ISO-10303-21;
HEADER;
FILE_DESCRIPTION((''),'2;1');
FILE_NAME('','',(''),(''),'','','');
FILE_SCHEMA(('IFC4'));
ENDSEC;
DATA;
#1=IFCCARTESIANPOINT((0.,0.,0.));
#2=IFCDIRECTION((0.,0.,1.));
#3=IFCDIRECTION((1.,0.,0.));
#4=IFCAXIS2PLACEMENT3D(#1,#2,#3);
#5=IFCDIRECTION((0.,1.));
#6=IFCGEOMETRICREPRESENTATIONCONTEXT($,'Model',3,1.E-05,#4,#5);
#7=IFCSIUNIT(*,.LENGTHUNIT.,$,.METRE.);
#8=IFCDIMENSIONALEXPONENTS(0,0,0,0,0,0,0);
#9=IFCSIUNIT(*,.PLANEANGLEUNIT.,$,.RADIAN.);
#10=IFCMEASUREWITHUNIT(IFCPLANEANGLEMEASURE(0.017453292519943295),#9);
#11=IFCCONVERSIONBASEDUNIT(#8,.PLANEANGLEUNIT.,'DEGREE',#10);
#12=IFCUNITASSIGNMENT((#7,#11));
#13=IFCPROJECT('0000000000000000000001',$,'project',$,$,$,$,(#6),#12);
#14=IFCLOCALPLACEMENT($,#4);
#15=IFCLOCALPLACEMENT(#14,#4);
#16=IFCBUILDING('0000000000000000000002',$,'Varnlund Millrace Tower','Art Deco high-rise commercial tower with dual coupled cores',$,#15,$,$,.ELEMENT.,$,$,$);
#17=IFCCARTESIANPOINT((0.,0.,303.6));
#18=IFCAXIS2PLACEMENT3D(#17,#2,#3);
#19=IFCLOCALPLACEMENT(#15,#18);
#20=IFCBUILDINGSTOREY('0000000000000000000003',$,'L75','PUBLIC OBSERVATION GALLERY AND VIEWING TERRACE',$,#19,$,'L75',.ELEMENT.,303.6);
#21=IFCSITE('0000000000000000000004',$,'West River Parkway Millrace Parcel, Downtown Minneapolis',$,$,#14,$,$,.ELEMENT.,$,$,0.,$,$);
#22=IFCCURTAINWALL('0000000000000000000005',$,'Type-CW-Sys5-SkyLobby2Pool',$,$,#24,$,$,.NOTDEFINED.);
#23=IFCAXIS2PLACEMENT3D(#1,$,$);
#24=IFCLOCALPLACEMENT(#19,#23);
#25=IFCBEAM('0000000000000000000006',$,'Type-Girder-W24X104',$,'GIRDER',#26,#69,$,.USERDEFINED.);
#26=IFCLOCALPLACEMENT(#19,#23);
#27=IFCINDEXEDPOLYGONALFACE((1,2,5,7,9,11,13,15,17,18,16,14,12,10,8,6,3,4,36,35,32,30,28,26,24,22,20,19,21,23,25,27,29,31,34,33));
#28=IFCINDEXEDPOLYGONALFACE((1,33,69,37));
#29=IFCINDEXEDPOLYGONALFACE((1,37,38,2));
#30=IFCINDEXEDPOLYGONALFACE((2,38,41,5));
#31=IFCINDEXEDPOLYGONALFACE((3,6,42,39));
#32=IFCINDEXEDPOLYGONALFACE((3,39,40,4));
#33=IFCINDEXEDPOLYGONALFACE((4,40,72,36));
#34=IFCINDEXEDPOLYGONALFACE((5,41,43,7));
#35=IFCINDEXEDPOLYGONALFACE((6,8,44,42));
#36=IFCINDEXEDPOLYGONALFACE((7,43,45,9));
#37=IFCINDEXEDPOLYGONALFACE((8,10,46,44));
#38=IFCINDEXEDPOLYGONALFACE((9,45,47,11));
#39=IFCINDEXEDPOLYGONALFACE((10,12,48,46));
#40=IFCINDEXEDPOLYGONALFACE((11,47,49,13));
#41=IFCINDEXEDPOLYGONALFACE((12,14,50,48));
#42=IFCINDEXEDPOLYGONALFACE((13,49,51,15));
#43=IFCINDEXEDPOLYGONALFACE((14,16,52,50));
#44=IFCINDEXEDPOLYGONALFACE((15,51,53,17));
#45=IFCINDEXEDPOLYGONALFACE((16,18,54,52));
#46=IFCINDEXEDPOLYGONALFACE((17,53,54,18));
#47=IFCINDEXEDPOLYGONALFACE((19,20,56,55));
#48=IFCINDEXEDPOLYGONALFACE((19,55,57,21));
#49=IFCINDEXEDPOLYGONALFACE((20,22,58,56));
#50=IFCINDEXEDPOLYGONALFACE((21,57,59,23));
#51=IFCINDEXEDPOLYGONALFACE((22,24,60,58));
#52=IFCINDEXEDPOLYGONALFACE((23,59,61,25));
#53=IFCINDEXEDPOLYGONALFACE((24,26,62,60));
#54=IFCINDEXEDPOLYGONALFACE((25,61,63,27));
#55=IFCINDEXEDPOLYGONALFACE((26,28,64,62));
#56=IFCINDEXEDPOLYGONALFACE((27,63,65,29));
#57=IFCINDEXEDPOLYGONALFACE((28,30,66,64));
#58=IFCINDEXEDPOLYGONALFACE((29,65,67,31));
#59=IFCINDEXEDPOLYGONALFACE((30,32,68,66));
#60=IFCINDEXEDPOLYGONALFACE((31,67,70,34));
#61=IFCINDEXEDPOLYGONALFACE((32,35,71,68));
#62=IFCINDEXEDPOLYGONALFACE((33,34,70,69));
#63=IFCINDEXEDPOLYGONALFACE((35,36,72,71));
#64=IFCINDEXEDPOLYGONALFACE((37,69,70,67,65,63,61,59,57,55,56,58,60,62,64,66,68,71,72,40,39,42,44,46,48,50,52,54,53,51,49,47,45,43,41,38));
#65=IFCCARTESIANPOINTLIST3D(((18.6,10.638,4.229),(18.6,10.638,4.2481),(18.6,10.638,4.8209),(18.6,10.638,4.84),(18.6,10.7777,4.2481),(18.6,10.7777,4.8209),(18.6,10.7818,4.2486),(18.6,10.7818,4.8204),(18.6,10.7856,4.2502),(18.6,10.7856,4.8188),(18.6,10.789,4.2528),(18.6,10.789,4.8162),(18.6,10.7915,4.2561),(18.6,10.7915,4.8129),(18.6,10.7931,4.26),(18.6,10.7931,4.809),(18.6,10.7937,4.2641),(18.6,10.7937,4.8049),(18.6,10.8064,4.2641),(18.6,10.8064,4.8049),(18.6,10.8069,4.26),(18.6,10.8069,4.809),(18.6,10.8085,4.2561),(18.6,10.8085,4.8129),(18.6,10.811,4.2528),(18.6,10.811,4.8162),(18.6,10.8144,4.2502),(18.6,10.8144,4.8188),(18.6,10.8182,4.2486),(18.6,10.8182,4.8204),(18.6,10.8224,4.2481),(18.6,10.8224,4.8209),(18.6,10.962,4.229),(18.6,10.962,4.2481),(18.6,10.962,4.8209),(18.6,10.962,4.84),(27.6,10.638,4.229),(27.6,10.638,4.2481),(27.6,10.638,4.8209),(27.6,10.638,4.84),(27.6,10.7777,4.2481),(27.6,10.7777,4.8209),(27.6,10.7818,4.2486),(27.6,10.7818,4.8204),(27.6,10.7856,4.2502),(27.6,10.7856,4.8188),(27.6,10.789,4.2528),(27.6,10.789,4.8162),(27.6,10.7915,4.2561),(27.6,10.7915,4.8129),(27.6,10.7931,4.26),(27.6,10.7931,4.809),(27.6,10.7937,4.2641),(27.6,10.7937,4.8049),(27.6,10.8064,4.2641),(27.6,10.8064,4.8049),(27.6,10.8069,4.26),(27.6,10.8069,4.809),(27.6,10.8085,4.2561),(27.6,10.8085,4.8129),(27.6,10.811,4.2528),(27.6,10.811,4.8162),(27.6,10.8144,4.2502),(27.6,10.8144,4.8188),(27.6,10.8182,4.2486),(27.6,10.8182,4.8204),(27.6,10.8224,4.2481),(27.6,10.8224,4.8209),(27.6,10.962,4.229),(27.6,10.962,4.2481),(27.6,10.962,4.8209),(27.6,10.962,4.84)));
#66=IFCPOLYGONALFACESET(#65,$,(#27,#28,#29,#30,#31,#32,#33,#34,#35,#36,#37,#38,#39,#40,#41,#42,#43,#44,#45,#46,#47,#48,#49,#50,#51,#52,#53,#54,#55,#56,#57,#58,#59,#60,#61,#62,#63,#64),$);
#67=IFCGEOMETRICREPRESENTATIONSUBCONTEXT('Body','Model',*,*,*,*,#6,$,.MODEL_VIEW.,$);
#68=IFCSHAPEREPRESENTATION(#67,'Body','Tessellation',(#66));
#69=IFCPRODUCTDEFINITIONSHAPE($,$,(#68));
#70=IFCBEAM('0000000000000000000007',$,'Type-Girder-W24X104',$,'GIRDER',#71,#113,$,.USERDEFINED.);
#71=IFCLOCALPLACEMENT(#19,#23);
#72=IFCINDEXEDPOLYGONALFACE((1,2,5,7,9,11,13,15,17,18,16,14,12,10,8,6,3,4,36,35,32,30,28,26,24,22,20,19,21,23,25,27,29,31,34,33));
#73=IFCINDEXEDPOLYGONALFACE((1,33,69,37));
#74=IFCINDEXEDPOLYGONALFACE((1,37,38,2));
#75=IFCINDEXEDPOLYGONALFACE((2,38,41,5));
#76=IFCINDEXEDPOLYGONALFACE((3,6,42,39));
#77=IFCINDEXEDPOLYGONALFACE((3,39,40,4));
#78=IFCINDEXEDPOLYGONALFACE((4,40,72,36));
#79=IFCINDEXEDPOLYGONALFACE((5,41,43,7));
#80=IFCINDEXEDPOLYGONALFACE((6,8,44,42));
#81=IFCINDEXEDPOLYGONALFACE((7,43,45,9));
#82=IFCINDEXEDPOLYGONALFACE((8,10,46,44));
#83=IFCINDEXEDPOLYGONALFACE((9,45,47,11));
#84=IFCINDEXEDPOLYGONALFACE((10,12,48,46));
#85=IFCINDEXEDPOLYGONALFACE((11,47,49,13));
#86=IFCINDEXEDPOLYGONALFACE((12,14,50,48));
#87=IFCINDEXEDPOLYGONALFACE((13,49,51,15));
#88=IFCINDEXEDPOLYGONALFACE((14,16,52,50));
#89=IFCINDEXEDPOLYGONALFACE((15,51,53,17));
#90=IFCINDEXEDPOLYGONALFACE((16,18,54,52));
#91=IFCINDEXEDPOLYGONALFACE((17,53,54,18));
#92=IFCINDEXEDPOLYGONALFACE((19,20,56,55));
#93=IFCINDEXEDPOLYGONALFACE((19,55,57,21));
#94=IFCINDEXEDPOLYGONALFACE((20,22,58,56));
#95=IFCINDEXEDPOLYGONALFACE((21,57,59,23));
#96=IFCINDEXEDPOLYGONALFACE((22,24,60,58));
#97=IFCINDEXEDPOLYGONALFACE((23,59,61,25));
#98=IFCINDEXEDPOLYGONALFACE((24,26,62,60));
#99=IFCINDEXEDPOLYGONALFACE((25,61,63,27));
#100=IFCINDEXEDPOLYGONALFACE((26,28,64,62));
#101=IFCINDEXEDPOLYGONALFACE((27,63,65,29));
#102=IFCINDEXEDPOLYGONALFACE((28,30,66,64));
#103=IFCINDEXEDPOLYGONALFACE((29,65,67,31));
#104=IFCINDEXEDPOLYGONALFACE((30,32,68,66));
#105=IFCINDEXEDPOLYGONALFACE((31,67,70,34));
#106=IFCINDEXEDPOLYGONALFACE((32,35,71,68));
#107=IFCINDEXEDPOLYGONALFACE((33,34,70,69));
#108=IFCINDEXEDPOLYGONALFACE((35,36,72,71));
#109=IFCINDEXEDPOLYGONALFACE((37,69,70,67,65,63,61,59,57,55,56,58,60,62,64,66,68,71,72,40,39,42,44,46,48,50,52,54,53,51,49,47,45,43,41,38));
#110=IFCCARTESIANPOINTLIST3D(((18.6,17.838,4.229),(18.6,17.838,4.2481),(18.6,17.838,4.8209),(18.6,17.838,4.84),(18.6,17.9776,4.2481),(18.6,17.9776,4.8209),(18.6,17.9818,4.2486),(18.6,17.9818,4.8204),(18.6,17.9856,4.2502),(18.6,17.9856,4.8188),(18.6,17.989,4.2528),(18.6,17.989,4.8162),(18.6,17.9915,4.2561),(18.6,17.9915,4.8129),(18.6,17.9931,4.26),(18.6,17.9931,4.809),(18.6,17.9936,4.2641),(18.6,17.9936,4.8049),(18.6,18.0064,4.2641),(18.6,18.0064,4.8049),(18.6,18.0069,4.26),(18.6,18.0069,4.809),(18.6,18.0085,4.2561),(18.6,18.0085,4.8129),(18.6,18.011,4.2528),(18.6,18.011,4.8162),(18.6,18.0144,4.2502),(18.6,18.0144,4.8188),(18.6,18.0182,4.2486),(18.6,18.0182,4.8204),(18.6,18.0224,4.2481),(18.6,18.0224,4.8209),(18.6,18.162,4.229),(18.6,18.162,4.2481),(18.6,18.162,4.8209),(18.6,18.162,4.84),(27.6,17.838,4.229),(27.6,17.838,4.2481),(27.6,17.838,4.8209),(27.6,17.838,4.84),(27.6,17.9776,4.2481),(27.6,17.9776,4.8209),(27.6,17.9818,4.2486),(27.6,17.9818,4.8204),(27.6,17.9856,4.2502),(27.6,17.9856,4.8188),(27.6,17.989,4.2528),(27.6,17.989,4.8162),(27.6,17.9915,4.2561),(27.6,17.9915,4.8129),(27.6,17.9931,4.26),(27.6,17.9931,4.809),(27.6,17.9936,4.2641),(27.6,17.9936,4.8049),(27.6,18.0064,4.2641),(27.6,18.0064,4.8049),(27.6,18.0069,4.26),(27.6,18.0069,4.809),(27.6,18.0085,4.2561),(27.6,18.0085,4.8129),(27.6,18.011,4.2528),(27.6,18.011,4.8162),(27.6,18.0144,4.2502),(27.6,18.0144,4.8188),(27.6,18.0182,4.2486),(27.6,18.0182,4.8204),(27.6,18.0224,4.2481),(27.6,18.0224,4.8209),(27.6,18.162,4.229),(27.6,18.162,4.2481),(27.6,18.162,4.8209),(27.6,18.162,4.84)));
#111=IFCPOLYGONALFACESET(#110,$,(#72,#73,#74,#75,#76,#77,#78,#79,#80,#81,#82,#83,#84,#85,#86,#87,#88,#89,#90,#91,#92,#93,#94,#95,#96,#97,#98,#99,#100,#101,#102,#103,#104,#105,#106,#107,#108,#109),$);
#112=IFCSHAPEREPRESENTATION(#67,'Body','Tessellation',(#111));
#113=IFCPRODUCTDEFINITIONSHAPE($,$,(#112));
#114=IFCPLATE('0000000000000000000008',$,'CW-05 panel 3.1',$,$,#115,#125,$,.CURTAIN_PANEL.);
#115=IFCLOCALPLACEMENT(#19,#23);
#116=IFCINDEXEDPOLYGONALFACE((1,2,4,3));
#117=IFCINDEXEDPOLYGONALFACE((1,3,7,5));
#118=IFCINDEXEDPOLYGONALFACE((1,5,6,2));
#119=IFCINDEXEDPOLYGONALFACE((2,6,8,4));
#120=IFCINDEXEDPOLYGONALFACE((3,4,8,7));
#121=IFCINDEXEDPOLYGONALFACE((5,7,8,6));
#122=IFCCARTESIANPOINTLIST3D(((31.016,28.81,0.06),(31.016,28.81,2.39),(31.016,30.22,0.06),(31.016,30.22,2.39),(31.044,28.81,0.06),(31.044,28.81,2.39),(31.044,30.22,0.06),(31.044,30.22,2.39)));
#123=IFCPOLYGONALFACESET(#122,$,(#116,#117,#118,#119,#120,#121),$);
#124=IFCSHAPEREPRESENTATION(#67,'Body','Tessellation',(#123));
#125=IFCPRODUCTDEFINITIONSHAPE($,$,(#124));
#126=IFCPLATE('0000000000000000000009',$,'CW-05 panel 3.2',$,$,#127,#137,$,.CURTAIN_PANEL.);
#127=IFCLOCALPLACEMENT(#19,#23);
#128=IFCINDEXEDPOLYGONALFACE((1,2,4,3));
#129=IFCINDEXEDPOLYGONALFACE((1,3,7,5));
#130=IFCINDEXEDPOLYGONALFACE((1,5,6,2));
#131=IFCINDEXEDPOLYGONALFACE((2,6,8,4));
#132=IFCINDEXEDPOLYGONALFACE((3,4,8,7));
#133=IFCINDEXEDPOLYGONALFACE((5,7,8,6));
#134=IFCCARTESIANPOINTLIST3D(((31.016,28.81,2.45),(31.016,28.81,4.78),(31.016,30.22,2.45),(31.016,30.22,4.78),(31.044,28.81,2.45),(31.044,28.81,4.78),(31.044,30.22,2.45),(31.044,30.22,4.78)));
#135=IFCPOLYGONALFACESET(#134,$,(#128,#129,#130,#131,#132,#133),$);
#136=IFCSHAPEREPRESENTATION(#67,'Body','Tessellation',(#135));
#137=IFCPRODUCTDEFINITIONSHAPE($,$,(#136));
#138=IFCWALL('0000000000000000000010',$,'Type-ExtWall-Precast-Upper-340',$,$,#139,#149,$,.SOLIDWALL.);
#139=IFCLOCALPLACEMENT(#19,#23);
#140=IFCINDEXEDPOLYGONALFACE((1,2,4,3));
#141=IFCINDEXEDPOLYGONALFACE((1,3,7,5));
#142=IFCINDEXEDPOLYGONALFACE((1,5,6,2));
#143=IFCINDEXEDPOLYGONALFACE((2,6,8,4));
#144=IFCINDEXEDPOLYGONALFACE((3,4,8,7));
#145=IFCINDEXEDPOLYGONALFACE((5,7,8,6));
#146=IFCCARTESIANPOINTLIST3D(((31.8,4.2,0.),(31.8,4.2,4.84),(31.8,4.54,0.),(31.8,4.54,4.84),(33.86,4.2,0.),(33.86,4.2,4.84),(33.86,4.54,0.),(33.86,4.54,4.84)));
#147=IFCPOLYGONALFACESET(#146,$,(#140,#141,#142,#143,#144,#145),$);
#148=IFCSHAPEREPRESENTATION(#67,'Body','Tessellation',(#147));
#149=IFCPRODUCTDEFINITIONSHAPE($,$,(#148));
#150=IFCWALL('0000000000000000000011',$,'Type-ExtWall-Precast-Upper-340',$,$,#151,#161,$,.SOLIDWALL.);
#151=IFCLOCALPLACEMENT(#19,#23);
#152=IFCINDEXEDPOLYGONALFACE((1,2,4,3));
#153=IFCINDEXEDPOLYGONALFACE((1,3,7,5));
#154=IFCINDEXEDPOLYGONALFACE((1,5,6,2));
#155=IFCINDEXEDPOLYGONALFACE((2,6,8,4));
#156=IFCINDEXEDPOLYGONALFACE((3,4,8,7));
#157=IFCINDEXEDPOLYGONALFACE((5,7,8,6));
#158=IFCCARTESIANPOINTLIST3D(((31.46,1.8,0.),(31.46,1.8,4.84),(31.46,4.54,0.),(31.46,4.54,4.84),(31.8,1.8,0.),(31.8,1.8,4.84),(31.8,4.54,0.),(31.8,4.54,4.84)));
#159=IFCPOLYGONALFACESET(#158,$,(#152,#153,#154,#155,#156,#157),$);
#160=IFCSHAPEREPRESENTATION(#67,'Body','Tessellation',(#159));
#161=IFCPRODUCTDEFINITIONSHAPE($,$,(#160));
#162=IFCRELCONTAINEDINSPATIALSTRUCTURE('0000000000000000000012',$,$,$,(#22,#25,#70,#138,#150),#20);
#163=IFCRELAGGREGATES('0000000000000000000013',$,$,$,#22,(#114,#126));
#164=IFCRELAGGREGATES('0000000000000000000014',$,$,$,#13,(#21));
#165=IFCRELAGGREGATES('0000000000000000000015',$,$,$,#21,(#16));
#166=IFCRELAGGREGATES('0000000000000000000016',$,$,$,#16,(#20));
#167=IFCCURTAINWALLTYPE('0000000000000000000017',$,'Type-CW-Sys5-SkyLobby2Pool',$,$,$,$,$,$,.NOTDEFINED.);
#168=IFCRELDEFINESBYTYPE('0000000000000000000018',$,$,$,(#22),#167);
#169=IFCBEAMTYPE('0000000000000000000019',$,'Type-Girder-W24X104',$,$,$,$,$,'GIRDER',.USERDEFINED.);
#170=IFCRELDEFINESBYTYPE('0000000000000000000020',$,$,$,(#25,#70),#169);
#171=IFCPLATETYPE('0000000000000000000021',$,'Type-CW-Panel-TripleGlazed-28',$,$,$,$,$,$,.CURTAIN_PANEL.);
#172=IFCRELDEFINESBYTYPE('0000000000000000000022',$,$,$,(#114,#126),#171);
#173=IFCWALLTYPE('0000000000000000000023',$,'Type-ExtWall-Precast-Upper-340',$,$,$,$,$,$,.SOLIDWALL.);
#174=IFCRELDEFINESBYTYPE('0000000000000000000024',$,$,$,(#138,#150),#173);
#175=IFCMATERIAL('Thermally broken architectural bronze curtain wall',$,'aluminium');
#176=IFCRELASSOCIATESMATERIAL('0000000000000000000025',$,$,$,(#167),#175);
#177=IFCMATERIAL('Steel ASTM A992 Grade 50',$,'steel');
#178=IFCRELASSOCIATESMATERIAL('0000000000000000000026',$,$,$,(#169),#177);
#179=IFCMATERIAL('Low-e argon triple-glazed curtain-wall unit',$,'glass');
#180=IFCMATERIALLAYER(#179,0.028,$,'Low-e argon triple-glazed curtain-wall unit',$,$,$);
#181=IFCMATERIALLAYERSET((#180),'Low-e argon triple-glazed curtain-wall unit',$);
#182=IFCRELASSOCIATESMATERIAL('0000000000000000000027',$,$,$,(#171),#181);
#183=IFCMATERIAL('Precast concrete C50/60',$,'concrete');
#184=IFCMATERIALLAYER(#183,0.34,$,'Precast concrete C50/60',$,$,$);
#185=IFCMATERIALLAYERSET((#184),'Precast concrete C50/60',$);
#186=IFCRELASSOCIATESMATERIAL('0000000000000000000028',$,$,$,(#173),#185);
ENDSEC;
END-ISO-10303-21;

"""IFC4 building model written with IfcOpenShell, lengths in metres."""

from ifc_helpers import new_model, entity, si_unit, converted_unit, direction, frame, origin_with_axes, origin_2d_with_axis, place, context, subcontext, project, spatial, polyline, rectangle, i_section, outline, extrude, material, layer, layer_set, material_profile, profile_set, type_object, element, aggregate, save


model = new_model("IFC4")

# Units and contexts
model_context = context("Model", 3, precision=1e-05, world=origin_with_axes(), true_north=direction((0.0, 1.0)))
body_context = subcontext(model_context, "Body", "Model", "MODEL_VIEW")
ifc_project = project(units=[si_unit("LENGTHUNIT", "METRE"), converted_unit("PLANEANGLEUNIT", "DEGREE", entity("IfcPlaneAngleMeasure", 0.017453292519943295), si_unit("PLANEANGLEUNIT", "RADIAN"), dimensions=[0, 0, 0, 0, 0, 0, 0])], contexts=[model_context])

# Site, building, storey
site_placement = place(None, origin_with_axes())
site = spatial("IfcSite", under=ifc_project, at=site_placement, Name="West River Parkway Millrace Parcel, Downtown Minneapolis", CompositionType="ELEMENT", RefElevation=0.0)
building_placement = place(site_placement, origin_with_axes())
building = spatial("IfcBuilding", under=site, at=building_placement, Name="Varnlund Millrace Tower", Description="Art Deco high-rise commercial tower with dual coupled cores", CompositionType="ELEMENT")
storey_placement = place(building_placement, frame((0.0, 0.0, 303.6), z_axis=(0.0, 0.0, 1.0), x_axis=(1.0, 0.0, 0.0)))
storey = spatial("IfcBuildingStorey", under=building, at=storey_placement, Name="L75", Description="PUBLIC OBSERVATION GALLERY AND VIEWING TERRACE", LongName="L75", CompositionType="ELEMENT", Elevation=303.6)

# Shared definitions
ifc_material_1 = material(Name="Steel ASTM A992 Grade 50", Category="steel")

# Curtain wall
ifc_material_2 = material(Name="Thermally broken architectural bronze curtain wall", Category="aluminium")
curtain_wall_type = type_object("IfcCurtainWallType", Name="Type-CW-Sys5-SkyLobby2Pool", PredefinedType="NOTDEFINED", material=ifc_material_2)
curtain_wall_placement = place(storey_placement, frame((31.03, 33.25, 0.0), z_axis=(0.0, 0.0, 1.0), x_axis=(1.0, 0.0, 0.0)))
curtain_wall = element("IfcCurtainWall", 1, at=curtain_wall_placement, inside=storey, type_object=curtain_wall_type, Name="Type-CW-Sys5-SkyLobby2Pool", PredefinedType="NOTDEFINED")

# Beams
ifc_material_profile_1 = material_profile(ifc_material_1, i_section(OverallWidth=0.324, OverallDepth=0.611, WebThickness=0.0127, FlangeThickness=0.0191, FilletRadius=0.016, at=origin_2d_with_axis()), Name="Steel ASTM A992 Grade 50")
ifc_profile_set_1 = profile_set([ifc_material_profile_1], Name="Steel ASTM A992 Grade 50")
beam_type_1 = type_object("IfcBeamType", Name="Type-Girder-W24X104", ElementType="GIRDER", PredefinedType="USERDEFINED", material=ifc_profile_set_1)
for number, where, z_axis, x_axis, name in (
    (2, (18.6, 10.8, 4.5345), (1.0, 0.0, 0.0), (0.0, 1.0, 0.0), "Type-Girder-W24X104"),
    (3, (18.6, 18.0, 4.5345), (1.0, 0.0, 0.0), (0.0, 1.0, 0.0), "Type-Girder-W24X104"),
):
    element("IfcBeam", number, at=place(storey_placement, frame(where, z_axis=z_axis, x_axis=x_axis)), inside=storey, type_object=beam_type_1, Name=name, ObjectType="GIRDER", PredefinedType="USERDEFINED", context=body_context, shape_type="SweptSolid", body=[
        extrude(i_section(OverallWidth=0.324, OverallDepth=0.611, WebThickness=0.0127, FlangeThickness=0.0191, FilletRadius=0.016, at=origin_2d_with_axis()), origin_with_axes(), (0.0, 0.0, 1.0), 9.0),
    ])

# Plates
ifc_material_3 = material(Name="Low-e argon triple-glazed curtain-wall unit", Category="glass")
ifc_layer_1 = layer(ifc_material_3, 0.028, Name="Low-e argon triple-glazed curtain-wall unit")
ifc_layer_set_1 = layer_set([ifc_layer_1], Name="Low-e argon triple-glazed curtain-wall unit")
plate_type = type_object("IfcPlateType", Name="Type-CW-Panel-TripleGlazed-28", PredefinedType="CURTAIN_PANEL", material=ifc_layer_set_1)
plate_1_placement = place(storey_placement, frame((31.03, 29.515, 0.06), z_axis=(0.0, 0.0, 1.0), x_axis=(0.0, -1.0, 0.0)))
plate_1 = element("IfcPlate", 4, at=plate_1_placement, type_object=plate_type, Name="CW-05 panel 3.1", PredefinedType="CURTAIN_PANEL", context=body_context, shape_type="SweptSolid", body=[
    extrude(rectangle(XDim=1.41, YDim=0.028, at=origin_2d_with_axis()), origin_with_axes(), (0.0, 0.0, 1.0), 2.33),
])
plate_2_placement = place(storey_placement, frame((31.03, 29.515, 2.45), z_axis=(0.0, 0.0, 1.0), x_axis=(0.0, -1.0, 0.0)))
plate_2 = element("IfcPlate", 5, at=plate_2_placement, type_object=plate_type, Name="CW-05 panel 3.2", PredefinedType="CURTAIN_PANEL", context=body_context, shape_type="SweptSolid", body=[
    extrude(rectangle(XDim=1.41, YDim=0.028, at=origin_2d_with_axis()), origin_with_axes(), (0.0, 0.0, 1.0), 2.33),
])
aggregate(curtain_wall, [plate_1, plate_2])

# Walls
ifc_material_4 = material(Name="Precast concrete C50/60", Category="concrete")
ifc_layer_2 = layer(ifc_material_4, 0.34, Name="Precast concrete C50/60")
ifc_layer_set_2 = layer_set([ifc_layer_2], Name="Precast concrete C50/60")
wall_type = type_object("IfcWallType", Name="Type-ExtWall-Precast-Upper-340", PredefinedType="SOLIDWALL", material=ifc_layer_set_2)
wall_1_placement = place(storey_placement, frame((33.86, 4.37, 0.0), z_axis=(0.0, 0.0, 1.0), x_axis=(-1.0, 0.0, 0.0)))
element("IfcWall", 6, at=wall_1_placement, inside=storey, type_object=wall_type, Name="Type-ExtWall-Precast-Upper-340", PredefinedType="SOLIDWALL", context=body_context, shape_type="SweptSolid", body=[
    extrude(outline(polyline([(0.0, -0.17), (2.06, -0.17), (2.06, 0.17), (0.0, 0.17), (0.0, -0.17)])), origin_with_axes(), (0.0, 0.0, 1.0), 4.84),
])
wall_2_placement = place(storey_placement, frame((31.63, 4.54, 0.0), z_axis=(0.0, 0.0, 1.0), x_axis=(0.0, -1.0, 0.0)))
element("IfcWall", 7, at=wall_2_placement, inside=storey, type_object=wall_type, Name="Type-ExtWall-Precast-Upper-340", PredefinedType="SOLIDWALL", context=body_context, shape_type="SweptSolid", body=[
    extrude(outline(polyline([(0.0, -0.17), (2.74, -0.17), (2.74, 0.17), (0.0, 0.17), (0.0, -0.17)])), origin_with_axes(), (0.0, 0.0, 1.0), 4.84),
])

save(model, "model.ifc")
